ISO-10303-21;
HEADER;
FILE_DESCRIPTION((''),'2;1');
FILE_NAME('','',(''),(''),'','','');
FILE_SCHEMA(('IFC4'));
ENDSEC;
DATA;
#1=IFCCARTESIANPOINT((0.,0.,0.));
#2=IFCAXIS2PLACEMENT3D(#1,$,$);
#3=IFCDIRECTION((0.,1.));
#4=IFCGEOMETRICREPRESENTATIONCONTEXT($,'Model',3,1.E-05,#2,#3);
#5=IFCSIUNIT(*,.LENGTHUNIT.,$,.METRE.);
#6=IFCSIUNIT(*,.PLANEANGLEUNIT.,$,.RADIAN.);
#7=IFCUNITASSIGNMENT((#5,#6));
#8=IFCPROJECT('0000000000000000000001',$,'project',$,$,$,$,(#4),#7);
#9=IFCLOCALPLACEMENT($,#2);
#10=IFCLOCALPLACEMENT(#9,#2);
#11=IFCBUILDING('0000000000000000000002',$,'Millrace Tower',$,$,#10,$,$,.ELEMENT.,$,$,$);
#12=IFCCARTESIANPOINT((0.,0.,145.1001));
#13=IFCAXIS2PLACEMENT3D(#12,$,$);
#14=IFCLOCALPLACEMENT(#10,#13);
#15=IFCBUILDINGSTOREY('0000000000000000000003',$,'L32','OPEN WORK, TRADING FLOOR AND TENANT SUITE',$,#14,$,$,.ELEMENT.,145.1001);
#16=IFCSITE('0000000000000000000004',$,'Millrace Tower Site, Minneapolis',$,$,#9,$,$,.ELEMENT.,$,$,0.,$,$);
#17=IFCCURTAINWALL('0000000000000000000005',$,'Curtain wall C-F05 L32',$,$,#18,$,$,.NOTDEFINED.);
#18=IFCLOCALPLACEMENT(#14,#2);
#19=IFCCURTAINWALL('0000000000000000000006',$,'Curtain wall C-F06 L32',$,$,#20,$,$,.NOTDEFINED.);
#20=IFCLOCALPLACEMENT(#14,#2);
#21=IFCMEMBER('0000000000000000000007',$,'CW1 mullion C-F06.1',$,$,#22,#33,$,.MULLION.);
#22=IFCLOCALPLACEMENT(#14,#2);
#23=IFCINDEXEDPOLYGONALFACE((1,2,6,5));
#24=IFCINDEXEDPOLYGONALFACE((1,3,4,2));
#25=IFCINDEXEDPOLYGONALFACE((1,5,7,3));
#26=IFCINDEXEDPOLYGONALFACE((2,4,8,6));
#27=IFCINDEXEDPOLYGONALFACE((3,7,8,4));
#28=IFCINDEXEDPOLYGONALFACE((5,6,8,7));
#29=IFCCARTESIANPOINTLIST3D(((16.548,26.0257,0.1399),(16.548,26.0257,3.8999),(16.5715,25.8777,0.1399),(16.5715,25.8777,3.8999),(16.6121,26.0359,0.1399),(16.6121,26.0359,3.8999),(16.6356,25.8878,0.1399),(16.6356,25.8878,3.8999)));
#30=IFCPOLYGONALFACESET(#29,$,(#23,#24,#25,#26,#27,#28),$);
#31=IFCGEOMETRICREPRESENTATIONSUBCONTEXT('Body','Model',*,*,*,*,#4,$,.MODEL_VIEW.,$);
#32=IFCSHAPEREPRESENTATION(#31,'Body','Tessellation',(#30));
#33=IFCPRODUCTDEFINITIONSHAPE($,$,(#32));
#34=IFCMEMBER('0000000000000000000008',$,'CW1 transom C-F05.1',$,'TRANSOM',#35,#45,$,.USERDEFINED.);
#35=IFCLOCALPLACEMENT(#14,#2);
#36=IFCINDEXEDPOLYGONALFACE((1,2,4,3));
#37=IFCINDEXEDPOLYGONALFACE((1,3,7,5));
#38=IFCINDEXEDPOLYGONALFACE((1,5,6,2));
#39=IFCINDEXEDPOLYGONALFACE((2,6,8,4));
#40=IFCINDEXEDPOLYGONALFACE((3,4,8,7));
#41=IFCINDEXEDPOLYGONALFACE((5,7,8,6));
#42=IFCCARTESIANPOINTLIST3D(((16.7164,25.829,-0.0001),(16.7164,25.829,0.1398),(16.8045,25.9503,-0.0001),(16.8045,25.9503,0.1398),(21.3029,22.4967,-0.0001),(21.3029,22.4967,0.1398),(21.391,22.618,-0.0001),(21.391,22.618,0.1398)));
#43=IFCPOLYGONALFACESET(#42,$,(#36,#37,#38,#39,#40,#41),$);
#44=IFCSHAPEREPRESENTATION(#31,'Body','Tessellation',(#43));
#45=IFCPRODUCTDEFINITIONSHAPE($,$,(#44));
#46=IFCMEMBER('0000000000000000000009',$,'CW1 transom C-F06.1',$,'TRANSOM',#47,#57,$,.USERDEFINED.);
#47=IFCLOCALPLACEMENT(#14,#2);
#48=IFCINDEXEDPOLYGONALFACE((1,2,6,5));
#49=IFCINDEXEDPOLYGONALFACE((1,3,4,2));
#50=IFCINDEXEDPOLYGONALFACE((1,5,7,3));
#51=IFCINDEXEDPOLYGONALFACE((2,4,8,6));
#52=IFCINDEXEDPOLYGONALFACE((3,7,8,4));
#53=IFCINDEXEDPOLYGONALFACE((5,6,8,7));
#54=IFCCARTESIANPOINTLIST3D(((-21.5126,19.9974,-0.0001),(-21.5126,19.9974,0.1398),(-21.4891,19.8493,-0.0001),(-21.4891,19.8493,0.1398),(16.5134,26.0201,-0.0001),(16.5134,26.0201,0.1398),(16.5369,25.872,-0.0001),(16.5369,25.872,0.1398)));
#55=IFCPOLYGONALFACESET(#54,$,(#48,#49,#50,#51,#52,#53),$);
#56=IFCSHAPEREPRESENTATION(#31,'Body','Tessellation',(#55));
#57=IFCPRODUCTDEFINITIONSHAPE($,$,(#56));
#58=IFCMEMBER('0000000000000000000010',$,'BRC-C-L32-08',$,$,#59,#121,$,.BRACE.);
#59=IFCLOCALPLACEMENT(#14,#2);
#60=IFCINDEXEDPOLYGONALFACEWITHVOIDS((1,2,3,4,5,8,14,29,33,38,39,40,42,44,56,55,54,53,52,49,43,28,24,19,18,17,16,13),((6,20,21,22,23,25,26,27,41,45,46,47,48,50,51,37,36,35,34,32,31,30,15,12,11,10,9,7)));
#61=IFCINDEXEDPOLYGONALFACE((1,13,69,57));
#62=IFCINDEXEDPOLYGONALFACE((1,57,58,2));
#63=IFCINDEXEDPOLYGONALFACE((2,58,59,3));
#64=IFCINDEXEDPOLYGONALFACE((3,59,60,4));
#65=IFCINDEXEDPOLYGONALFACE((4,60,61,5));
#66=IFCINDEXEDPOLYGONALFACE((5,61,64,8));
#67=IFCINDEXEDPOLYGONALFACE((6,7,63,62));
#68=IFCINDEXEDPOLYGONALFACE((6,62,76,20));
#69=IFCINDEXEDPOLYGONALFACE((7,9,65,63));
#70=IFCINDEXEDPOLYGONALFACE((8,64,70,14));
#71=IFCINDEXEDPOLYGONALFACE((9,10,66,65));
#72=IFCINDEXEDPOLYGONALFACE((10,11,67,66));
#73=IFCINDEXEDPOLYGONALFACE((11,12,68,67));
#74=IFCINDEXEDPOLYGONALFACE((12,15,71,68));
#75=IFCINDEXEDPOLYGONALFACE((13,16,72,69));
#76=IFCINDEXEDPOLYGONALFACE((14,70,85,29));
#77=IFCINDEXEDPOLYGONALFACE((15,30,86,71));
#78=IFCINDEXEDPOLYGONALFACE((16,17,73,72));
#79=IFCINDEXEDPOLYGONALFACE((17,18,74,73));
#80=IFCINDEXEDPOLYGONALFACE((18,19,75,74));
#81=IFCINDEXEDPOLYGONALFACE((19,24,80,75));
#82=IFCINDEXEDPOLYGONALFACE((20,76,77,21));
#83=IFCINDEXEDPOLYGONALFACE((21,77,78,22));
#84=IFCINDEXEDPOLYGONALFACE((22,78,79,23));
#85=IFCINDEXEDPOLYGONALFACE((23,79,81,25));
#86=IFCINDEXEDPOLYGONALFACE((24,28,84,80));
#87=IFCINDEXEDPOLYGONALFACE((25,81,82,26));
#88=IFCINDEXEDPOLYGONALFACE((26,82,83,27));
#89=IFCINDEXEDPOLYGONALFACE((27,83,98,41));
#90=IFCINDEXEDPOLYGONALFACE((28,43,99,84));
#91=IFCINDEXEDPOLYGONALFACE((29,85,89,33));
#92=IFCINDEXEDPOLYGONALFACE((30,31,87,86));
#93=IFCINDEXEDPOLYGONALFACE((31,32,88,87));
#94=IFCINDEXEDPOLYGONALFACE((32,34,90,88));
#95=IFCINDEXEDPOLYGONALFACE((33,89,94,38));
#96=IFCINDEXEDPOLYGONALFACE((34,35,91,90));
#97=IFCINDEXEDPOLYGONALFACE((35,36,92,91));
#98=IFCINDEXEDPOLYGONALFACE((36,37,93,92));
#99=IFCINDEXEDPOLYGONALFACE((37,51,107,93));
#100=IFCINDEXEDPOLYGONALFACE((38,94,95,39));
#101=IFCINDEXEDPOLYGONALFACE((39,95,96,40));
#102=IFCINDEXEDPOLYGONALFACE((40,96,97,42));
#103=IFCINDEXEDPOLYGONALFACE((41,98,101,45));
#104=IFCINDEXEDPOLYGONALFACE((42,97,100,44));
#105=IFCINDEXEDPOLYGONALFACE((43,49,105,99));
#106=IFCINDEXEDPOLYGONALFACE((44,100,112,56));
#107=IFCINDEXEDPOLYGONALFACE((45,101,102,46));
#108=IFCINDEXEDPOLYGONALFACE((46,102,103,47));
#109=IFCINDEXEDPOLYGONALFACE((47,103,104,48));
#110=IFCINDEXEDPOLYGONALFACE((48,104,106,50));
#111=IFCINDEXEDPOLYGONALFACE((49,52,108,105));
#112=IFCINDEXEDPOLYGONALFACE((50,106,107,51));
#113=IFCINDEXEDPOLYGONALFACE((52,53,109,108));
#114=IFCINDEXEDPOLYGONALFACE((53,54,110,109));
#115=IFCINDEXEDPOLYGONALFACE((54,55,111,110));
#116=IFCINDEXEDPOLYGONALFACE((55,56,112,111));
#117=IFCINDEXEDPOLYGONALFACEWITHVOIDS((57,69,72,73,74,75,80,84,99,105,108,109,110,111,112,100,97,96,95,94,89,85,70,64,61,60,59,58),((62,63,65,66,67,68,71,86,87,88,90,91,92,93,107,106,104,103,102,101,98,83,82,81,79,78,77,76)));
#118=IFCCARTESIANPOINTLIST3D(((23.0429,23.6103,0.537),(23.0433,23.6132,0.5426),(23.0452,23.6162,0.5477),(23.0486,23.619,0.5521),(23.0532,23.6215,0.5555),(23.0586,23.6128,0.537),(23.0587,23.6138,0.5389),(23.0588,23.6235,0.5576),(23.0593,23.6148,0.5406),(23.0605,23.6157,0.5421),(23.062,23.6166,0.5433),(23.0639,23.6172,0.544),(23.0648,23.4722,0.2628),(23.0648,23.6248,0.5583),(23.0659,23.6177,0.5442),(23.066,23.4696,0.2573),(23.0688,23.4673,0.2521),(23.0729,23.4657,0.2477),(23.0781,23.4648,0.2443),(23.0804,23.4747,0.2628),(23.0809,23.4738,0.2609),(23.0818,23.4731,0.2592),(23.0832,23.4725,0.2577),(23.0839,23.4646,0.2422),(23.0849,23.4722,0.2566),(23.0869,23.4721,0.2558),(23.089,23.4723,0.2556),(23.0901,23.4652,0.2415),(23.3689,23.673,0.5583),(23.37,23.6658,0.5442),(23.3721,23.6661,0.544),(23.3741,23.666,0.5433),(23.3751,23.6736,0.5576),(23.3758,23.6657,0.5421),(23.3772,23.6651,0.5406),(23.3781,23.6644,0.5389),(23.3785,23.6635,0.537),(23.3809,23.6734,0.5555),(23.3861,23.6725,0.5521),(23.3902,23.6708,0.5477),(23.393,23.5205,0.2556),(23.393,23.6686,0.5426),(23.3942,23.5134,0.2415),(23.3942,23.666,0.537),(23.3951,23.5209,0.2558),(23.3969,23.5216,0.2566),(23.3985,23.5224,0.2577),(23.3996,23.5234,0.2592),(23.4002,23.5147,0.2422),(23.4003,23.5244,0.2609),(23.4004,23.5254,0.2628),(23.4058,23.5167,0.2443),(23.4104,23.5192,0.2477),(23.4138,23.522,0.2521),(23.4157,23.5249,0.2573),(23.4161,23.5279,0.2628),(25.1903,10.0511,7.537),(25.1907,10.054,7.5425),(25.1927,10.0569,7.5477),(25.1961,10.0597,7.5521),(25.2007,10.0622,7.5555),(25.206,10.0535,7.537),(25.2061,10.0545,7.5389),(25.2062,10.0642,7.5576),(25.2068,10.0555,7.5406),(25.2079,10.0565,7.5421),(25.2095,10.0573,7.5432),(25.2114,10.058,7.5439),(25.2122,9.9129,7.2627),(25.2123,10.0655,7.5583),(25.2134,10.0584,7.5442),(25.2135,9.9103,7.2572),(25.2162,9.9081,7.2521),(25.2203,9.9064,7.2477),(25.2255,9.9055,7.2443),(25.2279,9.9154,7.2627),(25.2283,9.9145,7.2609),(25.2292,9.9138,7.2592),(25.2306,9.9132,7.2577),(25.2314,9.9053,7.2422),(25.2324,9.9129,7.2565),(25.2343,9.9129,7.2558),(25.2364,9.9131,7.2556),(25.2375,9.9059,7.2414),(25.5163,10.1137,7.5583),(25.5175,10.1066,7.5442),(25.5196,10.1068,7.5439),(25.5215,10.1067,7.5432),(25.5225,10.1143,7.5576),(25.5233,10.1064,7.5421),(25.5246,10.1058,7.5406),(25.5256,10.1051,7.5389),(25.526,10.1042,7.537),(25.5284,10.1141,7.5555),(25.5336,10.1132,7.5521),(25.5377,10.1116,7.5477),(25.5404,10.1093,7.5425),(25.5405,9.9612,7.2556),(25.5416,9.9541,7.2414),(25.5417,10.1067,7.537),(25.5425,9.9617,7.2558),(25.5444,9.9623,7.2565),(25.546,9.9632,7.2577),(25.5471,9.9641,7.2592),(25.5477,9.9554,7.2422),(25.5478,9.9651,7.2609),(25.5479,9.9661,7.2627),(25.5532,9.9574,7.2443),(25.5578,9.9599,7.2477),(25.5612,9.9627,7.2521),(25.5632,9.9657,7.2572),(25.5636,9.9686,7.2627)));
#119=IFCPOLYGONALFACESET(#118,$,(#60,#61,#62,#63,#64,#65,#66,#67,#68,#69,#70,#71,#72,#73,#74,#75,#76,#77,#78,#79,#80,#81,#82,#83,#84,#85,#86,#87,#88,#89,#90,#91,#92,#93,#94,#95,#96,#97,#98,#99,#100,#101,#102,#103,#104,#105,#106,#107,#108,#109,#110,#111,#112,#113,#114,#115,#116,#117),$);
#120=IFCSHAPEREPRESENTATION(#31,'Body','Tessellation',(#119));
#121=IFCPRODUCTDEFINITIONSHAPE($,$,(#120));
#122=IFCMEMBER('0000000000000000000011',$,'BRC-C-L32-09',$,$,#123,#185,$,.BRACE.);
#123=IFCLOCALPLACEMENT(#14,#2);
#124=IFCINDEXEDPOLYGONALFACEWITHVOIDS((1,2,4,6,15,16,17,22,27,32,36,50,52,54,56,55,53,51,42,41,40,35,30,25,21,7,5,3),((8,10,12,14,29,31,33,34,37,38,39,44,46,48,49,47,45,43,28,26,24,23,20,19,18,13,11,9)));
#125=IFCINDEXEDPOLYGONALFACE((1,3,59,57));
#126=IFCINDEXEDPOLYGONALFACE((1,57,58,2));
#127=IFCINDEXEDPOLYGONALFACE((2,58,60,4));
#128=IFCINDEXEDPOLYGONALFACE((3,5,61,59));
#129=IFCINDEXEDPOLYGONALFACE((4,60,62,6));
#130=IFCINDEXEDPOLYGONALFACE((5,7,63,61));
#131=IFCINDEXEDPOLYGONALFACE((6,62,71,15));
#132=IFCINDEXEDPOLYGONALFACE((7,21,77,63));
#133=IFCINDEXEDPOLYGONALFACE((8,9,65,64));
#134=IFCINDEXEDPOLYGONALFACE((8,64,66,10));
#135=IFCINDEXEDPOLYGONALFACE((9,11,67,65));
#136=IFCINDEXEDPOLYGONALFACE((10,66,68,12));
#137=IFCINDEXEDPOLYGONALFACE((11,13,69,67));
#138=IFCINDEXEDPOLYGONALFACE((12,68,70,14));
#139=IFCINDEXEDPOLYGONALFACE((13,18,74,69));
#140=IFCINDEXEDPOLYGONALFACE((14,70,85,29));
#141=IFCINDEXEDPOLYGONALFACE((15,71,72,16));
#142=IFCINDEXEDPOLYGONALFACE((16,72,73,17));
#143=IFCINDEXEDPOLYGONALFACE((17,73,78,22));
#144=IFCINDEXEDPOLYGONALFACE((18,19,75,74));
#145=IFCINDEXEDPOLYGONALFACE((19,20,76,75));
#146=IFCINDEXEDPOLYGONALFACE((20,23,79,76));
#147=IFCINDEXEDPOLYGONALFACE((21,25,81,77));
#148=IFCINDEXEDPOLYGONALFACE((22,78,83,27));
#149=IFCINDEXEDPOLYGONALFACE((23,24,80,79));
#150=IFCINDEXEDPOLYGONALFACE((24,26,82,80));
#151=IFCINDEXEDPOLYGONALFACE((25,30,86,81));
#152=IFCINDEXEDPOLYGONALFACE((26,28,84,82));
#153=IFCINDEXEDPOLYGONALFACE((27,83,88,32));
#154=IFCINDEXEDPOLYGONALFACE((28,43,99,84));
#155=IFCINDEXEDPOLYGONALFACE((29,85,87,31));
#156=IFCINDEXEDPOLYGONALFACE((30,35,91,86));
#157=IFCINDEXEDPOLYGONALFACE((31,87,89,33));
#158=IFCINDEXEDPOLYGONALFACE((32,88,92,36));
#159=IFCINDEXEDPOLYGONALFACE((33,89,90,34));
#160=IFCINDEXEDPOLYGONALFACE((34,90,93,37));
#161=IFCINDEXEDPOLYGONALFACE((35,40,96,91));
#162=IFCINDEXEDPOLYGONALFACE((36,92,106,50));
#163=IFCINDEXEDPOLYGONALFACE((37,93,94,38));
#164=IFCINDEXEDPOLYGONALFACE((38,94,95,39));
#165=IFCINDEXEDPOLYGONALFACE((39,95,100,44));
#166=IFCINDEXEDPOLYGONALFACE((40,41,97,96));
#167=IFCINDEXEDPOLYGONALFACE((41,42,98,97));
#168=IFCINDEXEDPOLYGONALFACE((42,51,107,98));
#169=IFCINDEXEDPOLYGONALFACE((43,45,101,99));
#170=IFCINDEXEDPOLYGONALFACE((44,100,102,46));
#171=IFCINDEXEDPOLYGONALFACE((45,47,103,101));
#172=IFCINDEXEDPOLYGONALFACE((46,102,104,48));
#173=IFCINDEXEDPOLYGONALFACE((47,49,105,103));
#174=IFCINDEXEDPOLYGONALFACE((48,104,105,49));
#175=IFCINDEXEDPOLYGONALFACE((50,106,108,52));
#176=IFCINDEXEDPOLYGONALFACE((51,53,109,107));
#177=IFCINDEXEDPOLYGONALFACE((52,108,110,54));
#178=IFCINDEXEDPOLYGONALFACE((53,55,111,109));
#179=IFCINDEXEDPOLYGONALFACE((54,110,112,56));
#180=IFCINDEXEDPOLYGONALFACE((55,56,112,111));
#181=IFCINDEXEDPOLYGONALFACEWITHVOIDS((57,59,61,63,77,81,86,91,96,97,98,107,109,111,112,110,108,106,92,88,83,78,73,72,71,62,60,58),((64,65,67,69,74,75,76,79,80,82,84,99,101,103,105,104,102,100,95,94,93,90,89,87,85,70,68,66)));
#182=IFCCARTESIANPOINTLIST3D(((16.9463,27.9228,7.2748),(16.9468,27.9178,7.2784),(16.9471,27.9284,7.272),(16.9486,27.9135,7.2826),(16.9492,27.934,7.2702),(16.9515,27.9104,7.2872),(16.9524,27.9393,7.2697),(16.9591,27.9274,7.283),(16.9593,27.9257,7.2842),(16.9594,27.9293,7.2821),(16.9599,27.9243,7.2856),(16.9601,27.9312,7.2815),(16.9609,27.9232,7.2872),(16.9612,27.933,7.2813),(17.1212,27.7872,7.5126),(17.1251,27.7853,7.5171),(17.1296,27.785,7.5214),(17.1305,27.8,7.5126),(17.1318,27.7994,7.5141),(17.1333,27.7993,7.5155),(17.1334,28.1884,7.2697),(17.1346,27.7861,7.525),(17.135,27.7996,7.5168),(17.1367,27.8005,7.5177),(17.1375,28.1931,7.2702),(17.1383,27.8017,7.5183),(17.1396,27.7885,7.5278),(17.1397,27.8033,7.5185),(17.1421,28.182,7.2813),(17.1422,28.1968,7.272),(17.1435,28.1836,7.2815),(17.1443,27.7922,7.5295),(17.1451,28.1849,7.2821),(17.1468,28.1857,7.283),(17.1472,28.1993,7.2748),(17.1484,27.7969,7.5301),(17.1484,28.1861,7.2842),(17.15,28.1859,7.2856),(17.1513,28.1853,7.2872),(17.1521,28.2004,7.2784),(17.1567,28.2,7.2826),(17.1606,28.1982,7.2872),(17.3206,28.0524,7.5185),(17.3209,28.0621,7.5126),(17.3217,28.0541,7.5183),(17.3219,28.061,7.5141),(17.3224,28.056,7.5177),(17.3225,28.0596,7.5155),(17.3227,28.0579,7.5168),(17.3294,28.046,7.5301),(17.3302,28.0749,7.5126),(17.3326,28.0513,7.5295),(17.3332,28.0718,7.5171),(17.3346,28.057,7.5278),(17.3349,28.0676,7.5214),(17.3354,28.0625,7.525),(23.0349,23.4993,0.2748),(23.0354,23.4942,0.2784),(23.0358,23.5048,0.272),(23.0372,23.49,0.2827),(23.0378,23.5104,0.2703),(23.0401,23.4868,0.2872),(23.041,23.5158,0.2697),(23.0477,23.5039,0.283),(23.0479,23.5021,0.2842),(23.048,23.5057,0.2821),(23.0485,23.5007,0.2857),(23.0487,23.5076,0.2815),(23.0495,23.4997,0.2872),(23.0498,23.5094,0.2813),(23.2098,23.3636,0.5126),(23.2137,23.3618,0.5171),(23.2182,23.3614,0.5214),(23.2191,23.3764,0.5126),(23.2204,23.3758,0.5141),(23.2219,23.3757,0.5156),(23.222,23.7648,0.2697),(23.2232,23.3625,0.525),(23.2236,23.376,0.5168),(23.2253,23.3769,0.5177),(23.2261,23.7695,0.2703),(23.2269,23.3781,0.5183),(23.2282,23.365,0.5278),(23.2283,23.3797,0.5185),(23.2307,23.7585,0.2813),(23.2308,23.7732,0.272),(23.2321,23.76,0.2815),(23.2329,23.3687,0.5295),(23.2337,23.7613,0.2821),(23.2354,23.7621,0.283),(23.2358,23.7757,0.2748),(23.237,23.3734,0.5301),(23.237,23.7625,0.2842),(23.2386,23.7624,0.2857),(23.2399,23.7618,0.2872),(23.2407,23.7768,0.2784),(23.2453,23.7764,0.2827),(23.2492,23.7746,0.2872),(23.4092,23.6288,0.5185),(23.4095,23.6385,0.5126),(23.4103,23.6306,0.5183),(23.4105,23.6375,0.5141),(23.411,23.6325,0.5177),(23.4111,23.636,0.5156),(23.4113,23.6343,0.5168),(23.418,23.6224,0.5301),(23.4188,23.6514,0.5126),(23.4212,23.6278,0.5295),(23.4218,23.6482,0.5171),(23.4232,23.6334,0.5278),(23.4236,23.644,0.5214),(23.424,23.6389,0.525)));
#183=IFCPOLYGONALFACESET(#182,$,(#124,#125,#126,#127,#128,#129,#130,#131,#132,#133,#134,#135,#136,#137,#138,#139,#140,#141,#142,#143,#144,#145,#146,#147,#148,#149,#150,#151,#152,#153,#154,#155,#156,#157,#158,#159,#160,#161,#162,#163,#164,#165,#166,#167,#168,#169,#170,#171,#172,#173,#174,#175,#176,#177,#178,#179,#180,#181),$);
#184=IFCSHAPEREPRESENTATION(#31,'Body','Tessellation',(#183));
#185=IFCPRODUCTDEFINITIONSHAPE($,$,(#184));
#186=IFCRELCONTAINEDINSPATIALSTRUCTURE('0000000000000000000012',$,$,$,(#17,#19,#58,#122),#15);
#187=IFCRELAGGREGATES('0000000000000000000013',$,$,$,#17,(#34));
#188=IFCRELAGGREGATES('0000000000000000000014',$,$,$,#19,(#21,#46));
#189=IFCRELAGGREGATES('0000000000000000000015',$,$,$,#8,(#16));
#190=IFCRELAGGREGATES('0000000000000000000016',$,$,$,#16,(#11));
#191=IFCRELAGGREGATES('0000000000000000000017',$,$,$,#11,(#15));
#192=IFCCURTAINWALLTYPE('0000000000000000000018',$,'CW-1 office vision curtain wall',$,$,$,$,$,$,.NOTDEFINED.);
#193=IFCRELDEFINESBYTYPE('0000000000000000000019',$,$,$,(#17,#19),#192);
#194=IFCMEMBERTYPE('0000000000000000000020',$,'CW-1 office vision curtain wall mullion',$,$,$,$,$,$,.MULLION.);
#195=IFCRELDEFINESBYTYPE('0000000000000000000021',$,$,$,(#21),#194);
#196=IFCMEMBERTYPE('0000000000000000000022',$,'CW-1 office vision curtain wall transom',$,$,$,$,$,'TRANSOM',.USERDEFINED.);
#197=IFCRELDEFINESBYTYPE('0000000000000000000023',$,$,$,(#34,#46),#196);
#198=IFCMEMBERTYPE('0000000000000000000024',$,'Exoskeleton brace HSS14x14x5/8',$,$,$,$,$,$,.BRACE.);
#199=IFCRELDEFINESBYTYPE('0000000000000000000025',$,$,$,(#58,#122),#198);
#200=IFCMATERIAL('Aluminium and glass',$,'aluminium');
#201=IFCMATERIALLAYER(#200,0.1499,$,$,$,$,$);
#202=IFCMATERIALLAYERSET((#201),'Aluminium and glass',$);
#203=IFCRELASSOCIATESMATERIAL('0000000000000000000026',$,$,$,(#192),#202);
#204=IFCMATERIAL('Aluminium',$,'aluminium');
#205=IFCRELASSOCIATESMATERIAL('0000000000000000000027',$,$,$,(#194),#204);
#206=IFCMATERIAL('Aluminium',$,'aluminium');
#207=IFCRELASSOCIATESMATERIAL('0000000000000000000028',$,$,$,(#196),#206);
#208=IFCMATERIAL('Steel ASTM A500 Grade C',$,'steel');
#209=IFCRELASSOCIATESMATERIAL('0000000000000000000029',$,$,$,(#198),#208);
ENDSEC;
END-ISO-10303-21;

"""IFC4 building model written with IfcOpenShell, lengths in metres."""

from ifc_helpers import new_model, si_unit, direction, frame, origin, origin_2d, place, context, subcontext, project, spatial, rectangle, hollow_rectangle, extrude, material, layer, layer_set, material_profile, profile_set, type_object, element, aggregate, save


model = new_model("IFC4")

# Units and contexts
model_context = context("Model", 3, precision=1e-05, world=origin(), true_north=direction((0.0, 1.0)))
body_context = subcontext(model_context, "Body", "Model", "MODEL_VIEW")
ifc_project = project(units=[si_unit("LENGTHUNIT", "METRE"), si_unit("PLANEANGLEUNIT", "RADIAN")], contexts=[model_context])

# Site, building, storey
site_placement = place(None, origin())
site = spatial("IfcSite", under=ifc_project, at=site_placement, Name="Millrace Tower Site, Minneapolis", CompositionType="ELEMENT", RefElevation=0.0)
building_placement = place(site_placement, origin())
building = spatial("IfcBuilding", under=site, at=building_placement, Name="Millrace Tower", CompositionType="ELEMENT")
storey_placement = place(building_placement, frame((0.0, 0.0, 145.1001)))
storey = spatial("IfcBuildingStorey", under=building, at=storey_placement, Name="L32", Description="OPEN WORK, TRADING FLOOR AND TENANT SUITE", CompositionType="ELEMENT", Elevation=145.1001)

# Shared definitions
ifc_material_1 = material(Name="Aluminium and glass", Category="aluminium")
ifc_layer_1 = layer(ifc_material_1, 0.1499)
ifc_layer_set_1 = layer_set([ifc_layer_1], Name="Aluminium and glass")
curtain_wall_type = type_object("IfcCurtainWallType", Name="CW-1 office vision curtain wall", PredefinedType="NOTDEFINED", material=ifc_layer_set_1)
placement = place(storey_placement, origin())
ifc_material_2 = material(Name="Aluminium", Category="aluminium")
ifc_material_profile_1 = material_profile(ifc_material_2, rectangle(XDim=0.0649, YDim=0.1499, at=origin_2d()))
ifc_profile_set_1 = profile_set([ifc_material_profile_1], Name="Aluminium")
member_type_1 = type_object("IfcMemberType", Name="CW-1 office vision curtain wall mullion", PredefinedType="MULLION", material=ifc_profile_set_1)

# Curtain walls, member
curtain_wall_1 = element("IfcCurtainWall", 1, at=placement, inside=storey, type_object=curtain_wall_type, Name="Curtain wall C-F05 L32", PredefinedType="NOTDEFINED")
curtain_wall_2 = element("IfcCurtainWall", 2, at=placement, inside=storey, type_object=curtain_wall_type, Name="Curtain wall C-F06 L32", PredefinedType="NOTDEFINED")
member_1_placement = place(storey_placement, frame((16.5918, 25.9568, 0.1399), z_axis=(0.0, 0.0, 1.0), x_axis=(-0.987688, -0.156434, 0.0)))
member_1 = element("IfcMember", 3, at=member_1_placement, type_object=member_type_1, Name="CW1 mullion C-F06.1", PredefinedType="MULLION", context=body_context, shape_type="SweptSolid", body=[
    extrude(rectangle(XDim=0.0649, YDim=0.1499, at=origin_2d()), origin(), (0.0, 0.0, 1.0), 3.76),
])

# Members
ifc_material_3 = material(Name="Aluminium", Category="aluminium")
ifc_material_profile_2 = material_profile(ifc_material_3, rectangle(XDim=0.1499, YDim=0.1399, at=origin_2d()))
ifc_profile_set_2 = profile_set([ifc_material_profile_2], Name="Aluminium")
member_type_2 = type_object("IfcMemberType", Name="CW-1 office vision curtain wall transom", ElementType="TRANSOM", PredefinedType="USERDEFINED", material=ifc_profile_set_2)
member_2_placement = place(storey_placement, frame((21.3469, 22.5574, 0.0698), z_axis=(-0.809013, 0.58779, 0.0), x_axis=(-0.58779, -0.809013, 0.0)))
member_2 = element("IfcMember", 4, at=member_2_placement, type_object=member_type_2, Name="CW1 transom C-F05.1", ObjectType="TRANSOM", PredefinedType="USERDEFINED", context=body_context, shape_type="SweptSolid", body=[
    extrude(rectangle(XDim=0.1499, YDim=0.1399, at=origin_2d()), origin(), (0.0, 0.0, 1.0), 5.6692),
])
aggregate(curtain_wall_1, [member_2])
member_3_placement = place(storey_placement, frame((16.5251, 25.946, 0.0698), z_axis=(-0.987689, -0.156433, 0.0), x_axis=(0.156433, -0.987689, 0.0)))
member_3 = element("IfcMember", 5, at=member_3_placement, type_object=member_type_2, Name="CW1 transom C-F06.1", ObjectType="TRANSOM", PredefinedType="USERDEFINED", context=body_context, shape_type="SweptSolid", body=[
    extrude(rectangle(XDim=0.1499, YDim=0.1399, at=origin_2d()), origin(), (0.0, 0.0, 1.0), 38.5),
])
aggregate(curtain_wall_2, [member_1, member_3])

# Members
ifc_material_4 = material(Name="Steel ASTM A500 Grade C", Category="steel")
ifc_material_profile_3 = material_profile(ifc_material_4, hollow_rectangle(XDim=0.3557, YDim=0.3557, WallThickness=0.0159, InnerFilletRadius=0.0081, OuterFilletRadius=0.0239, at=origin_2d()))
ifc_profile_set_3 = profile_set([ifc_material_profile_3], Name="Steel ASTM A500 Grade C")
member_type_3 = type_object("IfcMemberType", Name="Exoskeleton brace HSS14x14x5/8", PredefinedType="BRACE", material=ifc_profile_set_3)
member_4_placement = place(storey_placement, frame((23.2295, 23.5691, 0.3999), z_axis=(0.139355, -0.879907, 0.454252), x_axis=(0.98769, 0.156426, 0.0)))
element("IfcMember", 6, at=member_4_placement, inside=storey, type_object=member_type_3, Name="BRC-C-L32-08", PredefinedType="BRACE", context=body_context, shape_type="SweptSolid", body=[
    extrude(hollow_rectangle(XDim=0.3557, YDim=0.3557, WallThickness=0.0159, InnerFilletRadius=0.0081, OuterFilletRadius=0.0239, at=origin_2d()), origin(), (0.0, 0.0, 1.0), 15.4099),
])
member_5_placement = place(storey_placement, frame((23.2295, 23.5691, 0.3999), z_axis=(-0.592388, 0.430389, 0.681059), x_axis=(-0.58778, -0.809021, 0.0)))
element("IfcMember", 7, at=member_5_placement, inside=storey, type_object=member_type_3, Name="BRC-C-L32-09", PredefinedType="BRACE", context=body_context, shape_type="SweptSolid", body=[
    extrude(hollow_rectangle(XDim=0.3557, YDim=0.3557, WallThickness=0.0159, InnerFilletRadius=0.0081, OuterFilletRadius=0.0239, at=origin_2d()), origin(), (0.0, 0.0, 1.0), 10.2781),
])

save(model, "model.ifc")
